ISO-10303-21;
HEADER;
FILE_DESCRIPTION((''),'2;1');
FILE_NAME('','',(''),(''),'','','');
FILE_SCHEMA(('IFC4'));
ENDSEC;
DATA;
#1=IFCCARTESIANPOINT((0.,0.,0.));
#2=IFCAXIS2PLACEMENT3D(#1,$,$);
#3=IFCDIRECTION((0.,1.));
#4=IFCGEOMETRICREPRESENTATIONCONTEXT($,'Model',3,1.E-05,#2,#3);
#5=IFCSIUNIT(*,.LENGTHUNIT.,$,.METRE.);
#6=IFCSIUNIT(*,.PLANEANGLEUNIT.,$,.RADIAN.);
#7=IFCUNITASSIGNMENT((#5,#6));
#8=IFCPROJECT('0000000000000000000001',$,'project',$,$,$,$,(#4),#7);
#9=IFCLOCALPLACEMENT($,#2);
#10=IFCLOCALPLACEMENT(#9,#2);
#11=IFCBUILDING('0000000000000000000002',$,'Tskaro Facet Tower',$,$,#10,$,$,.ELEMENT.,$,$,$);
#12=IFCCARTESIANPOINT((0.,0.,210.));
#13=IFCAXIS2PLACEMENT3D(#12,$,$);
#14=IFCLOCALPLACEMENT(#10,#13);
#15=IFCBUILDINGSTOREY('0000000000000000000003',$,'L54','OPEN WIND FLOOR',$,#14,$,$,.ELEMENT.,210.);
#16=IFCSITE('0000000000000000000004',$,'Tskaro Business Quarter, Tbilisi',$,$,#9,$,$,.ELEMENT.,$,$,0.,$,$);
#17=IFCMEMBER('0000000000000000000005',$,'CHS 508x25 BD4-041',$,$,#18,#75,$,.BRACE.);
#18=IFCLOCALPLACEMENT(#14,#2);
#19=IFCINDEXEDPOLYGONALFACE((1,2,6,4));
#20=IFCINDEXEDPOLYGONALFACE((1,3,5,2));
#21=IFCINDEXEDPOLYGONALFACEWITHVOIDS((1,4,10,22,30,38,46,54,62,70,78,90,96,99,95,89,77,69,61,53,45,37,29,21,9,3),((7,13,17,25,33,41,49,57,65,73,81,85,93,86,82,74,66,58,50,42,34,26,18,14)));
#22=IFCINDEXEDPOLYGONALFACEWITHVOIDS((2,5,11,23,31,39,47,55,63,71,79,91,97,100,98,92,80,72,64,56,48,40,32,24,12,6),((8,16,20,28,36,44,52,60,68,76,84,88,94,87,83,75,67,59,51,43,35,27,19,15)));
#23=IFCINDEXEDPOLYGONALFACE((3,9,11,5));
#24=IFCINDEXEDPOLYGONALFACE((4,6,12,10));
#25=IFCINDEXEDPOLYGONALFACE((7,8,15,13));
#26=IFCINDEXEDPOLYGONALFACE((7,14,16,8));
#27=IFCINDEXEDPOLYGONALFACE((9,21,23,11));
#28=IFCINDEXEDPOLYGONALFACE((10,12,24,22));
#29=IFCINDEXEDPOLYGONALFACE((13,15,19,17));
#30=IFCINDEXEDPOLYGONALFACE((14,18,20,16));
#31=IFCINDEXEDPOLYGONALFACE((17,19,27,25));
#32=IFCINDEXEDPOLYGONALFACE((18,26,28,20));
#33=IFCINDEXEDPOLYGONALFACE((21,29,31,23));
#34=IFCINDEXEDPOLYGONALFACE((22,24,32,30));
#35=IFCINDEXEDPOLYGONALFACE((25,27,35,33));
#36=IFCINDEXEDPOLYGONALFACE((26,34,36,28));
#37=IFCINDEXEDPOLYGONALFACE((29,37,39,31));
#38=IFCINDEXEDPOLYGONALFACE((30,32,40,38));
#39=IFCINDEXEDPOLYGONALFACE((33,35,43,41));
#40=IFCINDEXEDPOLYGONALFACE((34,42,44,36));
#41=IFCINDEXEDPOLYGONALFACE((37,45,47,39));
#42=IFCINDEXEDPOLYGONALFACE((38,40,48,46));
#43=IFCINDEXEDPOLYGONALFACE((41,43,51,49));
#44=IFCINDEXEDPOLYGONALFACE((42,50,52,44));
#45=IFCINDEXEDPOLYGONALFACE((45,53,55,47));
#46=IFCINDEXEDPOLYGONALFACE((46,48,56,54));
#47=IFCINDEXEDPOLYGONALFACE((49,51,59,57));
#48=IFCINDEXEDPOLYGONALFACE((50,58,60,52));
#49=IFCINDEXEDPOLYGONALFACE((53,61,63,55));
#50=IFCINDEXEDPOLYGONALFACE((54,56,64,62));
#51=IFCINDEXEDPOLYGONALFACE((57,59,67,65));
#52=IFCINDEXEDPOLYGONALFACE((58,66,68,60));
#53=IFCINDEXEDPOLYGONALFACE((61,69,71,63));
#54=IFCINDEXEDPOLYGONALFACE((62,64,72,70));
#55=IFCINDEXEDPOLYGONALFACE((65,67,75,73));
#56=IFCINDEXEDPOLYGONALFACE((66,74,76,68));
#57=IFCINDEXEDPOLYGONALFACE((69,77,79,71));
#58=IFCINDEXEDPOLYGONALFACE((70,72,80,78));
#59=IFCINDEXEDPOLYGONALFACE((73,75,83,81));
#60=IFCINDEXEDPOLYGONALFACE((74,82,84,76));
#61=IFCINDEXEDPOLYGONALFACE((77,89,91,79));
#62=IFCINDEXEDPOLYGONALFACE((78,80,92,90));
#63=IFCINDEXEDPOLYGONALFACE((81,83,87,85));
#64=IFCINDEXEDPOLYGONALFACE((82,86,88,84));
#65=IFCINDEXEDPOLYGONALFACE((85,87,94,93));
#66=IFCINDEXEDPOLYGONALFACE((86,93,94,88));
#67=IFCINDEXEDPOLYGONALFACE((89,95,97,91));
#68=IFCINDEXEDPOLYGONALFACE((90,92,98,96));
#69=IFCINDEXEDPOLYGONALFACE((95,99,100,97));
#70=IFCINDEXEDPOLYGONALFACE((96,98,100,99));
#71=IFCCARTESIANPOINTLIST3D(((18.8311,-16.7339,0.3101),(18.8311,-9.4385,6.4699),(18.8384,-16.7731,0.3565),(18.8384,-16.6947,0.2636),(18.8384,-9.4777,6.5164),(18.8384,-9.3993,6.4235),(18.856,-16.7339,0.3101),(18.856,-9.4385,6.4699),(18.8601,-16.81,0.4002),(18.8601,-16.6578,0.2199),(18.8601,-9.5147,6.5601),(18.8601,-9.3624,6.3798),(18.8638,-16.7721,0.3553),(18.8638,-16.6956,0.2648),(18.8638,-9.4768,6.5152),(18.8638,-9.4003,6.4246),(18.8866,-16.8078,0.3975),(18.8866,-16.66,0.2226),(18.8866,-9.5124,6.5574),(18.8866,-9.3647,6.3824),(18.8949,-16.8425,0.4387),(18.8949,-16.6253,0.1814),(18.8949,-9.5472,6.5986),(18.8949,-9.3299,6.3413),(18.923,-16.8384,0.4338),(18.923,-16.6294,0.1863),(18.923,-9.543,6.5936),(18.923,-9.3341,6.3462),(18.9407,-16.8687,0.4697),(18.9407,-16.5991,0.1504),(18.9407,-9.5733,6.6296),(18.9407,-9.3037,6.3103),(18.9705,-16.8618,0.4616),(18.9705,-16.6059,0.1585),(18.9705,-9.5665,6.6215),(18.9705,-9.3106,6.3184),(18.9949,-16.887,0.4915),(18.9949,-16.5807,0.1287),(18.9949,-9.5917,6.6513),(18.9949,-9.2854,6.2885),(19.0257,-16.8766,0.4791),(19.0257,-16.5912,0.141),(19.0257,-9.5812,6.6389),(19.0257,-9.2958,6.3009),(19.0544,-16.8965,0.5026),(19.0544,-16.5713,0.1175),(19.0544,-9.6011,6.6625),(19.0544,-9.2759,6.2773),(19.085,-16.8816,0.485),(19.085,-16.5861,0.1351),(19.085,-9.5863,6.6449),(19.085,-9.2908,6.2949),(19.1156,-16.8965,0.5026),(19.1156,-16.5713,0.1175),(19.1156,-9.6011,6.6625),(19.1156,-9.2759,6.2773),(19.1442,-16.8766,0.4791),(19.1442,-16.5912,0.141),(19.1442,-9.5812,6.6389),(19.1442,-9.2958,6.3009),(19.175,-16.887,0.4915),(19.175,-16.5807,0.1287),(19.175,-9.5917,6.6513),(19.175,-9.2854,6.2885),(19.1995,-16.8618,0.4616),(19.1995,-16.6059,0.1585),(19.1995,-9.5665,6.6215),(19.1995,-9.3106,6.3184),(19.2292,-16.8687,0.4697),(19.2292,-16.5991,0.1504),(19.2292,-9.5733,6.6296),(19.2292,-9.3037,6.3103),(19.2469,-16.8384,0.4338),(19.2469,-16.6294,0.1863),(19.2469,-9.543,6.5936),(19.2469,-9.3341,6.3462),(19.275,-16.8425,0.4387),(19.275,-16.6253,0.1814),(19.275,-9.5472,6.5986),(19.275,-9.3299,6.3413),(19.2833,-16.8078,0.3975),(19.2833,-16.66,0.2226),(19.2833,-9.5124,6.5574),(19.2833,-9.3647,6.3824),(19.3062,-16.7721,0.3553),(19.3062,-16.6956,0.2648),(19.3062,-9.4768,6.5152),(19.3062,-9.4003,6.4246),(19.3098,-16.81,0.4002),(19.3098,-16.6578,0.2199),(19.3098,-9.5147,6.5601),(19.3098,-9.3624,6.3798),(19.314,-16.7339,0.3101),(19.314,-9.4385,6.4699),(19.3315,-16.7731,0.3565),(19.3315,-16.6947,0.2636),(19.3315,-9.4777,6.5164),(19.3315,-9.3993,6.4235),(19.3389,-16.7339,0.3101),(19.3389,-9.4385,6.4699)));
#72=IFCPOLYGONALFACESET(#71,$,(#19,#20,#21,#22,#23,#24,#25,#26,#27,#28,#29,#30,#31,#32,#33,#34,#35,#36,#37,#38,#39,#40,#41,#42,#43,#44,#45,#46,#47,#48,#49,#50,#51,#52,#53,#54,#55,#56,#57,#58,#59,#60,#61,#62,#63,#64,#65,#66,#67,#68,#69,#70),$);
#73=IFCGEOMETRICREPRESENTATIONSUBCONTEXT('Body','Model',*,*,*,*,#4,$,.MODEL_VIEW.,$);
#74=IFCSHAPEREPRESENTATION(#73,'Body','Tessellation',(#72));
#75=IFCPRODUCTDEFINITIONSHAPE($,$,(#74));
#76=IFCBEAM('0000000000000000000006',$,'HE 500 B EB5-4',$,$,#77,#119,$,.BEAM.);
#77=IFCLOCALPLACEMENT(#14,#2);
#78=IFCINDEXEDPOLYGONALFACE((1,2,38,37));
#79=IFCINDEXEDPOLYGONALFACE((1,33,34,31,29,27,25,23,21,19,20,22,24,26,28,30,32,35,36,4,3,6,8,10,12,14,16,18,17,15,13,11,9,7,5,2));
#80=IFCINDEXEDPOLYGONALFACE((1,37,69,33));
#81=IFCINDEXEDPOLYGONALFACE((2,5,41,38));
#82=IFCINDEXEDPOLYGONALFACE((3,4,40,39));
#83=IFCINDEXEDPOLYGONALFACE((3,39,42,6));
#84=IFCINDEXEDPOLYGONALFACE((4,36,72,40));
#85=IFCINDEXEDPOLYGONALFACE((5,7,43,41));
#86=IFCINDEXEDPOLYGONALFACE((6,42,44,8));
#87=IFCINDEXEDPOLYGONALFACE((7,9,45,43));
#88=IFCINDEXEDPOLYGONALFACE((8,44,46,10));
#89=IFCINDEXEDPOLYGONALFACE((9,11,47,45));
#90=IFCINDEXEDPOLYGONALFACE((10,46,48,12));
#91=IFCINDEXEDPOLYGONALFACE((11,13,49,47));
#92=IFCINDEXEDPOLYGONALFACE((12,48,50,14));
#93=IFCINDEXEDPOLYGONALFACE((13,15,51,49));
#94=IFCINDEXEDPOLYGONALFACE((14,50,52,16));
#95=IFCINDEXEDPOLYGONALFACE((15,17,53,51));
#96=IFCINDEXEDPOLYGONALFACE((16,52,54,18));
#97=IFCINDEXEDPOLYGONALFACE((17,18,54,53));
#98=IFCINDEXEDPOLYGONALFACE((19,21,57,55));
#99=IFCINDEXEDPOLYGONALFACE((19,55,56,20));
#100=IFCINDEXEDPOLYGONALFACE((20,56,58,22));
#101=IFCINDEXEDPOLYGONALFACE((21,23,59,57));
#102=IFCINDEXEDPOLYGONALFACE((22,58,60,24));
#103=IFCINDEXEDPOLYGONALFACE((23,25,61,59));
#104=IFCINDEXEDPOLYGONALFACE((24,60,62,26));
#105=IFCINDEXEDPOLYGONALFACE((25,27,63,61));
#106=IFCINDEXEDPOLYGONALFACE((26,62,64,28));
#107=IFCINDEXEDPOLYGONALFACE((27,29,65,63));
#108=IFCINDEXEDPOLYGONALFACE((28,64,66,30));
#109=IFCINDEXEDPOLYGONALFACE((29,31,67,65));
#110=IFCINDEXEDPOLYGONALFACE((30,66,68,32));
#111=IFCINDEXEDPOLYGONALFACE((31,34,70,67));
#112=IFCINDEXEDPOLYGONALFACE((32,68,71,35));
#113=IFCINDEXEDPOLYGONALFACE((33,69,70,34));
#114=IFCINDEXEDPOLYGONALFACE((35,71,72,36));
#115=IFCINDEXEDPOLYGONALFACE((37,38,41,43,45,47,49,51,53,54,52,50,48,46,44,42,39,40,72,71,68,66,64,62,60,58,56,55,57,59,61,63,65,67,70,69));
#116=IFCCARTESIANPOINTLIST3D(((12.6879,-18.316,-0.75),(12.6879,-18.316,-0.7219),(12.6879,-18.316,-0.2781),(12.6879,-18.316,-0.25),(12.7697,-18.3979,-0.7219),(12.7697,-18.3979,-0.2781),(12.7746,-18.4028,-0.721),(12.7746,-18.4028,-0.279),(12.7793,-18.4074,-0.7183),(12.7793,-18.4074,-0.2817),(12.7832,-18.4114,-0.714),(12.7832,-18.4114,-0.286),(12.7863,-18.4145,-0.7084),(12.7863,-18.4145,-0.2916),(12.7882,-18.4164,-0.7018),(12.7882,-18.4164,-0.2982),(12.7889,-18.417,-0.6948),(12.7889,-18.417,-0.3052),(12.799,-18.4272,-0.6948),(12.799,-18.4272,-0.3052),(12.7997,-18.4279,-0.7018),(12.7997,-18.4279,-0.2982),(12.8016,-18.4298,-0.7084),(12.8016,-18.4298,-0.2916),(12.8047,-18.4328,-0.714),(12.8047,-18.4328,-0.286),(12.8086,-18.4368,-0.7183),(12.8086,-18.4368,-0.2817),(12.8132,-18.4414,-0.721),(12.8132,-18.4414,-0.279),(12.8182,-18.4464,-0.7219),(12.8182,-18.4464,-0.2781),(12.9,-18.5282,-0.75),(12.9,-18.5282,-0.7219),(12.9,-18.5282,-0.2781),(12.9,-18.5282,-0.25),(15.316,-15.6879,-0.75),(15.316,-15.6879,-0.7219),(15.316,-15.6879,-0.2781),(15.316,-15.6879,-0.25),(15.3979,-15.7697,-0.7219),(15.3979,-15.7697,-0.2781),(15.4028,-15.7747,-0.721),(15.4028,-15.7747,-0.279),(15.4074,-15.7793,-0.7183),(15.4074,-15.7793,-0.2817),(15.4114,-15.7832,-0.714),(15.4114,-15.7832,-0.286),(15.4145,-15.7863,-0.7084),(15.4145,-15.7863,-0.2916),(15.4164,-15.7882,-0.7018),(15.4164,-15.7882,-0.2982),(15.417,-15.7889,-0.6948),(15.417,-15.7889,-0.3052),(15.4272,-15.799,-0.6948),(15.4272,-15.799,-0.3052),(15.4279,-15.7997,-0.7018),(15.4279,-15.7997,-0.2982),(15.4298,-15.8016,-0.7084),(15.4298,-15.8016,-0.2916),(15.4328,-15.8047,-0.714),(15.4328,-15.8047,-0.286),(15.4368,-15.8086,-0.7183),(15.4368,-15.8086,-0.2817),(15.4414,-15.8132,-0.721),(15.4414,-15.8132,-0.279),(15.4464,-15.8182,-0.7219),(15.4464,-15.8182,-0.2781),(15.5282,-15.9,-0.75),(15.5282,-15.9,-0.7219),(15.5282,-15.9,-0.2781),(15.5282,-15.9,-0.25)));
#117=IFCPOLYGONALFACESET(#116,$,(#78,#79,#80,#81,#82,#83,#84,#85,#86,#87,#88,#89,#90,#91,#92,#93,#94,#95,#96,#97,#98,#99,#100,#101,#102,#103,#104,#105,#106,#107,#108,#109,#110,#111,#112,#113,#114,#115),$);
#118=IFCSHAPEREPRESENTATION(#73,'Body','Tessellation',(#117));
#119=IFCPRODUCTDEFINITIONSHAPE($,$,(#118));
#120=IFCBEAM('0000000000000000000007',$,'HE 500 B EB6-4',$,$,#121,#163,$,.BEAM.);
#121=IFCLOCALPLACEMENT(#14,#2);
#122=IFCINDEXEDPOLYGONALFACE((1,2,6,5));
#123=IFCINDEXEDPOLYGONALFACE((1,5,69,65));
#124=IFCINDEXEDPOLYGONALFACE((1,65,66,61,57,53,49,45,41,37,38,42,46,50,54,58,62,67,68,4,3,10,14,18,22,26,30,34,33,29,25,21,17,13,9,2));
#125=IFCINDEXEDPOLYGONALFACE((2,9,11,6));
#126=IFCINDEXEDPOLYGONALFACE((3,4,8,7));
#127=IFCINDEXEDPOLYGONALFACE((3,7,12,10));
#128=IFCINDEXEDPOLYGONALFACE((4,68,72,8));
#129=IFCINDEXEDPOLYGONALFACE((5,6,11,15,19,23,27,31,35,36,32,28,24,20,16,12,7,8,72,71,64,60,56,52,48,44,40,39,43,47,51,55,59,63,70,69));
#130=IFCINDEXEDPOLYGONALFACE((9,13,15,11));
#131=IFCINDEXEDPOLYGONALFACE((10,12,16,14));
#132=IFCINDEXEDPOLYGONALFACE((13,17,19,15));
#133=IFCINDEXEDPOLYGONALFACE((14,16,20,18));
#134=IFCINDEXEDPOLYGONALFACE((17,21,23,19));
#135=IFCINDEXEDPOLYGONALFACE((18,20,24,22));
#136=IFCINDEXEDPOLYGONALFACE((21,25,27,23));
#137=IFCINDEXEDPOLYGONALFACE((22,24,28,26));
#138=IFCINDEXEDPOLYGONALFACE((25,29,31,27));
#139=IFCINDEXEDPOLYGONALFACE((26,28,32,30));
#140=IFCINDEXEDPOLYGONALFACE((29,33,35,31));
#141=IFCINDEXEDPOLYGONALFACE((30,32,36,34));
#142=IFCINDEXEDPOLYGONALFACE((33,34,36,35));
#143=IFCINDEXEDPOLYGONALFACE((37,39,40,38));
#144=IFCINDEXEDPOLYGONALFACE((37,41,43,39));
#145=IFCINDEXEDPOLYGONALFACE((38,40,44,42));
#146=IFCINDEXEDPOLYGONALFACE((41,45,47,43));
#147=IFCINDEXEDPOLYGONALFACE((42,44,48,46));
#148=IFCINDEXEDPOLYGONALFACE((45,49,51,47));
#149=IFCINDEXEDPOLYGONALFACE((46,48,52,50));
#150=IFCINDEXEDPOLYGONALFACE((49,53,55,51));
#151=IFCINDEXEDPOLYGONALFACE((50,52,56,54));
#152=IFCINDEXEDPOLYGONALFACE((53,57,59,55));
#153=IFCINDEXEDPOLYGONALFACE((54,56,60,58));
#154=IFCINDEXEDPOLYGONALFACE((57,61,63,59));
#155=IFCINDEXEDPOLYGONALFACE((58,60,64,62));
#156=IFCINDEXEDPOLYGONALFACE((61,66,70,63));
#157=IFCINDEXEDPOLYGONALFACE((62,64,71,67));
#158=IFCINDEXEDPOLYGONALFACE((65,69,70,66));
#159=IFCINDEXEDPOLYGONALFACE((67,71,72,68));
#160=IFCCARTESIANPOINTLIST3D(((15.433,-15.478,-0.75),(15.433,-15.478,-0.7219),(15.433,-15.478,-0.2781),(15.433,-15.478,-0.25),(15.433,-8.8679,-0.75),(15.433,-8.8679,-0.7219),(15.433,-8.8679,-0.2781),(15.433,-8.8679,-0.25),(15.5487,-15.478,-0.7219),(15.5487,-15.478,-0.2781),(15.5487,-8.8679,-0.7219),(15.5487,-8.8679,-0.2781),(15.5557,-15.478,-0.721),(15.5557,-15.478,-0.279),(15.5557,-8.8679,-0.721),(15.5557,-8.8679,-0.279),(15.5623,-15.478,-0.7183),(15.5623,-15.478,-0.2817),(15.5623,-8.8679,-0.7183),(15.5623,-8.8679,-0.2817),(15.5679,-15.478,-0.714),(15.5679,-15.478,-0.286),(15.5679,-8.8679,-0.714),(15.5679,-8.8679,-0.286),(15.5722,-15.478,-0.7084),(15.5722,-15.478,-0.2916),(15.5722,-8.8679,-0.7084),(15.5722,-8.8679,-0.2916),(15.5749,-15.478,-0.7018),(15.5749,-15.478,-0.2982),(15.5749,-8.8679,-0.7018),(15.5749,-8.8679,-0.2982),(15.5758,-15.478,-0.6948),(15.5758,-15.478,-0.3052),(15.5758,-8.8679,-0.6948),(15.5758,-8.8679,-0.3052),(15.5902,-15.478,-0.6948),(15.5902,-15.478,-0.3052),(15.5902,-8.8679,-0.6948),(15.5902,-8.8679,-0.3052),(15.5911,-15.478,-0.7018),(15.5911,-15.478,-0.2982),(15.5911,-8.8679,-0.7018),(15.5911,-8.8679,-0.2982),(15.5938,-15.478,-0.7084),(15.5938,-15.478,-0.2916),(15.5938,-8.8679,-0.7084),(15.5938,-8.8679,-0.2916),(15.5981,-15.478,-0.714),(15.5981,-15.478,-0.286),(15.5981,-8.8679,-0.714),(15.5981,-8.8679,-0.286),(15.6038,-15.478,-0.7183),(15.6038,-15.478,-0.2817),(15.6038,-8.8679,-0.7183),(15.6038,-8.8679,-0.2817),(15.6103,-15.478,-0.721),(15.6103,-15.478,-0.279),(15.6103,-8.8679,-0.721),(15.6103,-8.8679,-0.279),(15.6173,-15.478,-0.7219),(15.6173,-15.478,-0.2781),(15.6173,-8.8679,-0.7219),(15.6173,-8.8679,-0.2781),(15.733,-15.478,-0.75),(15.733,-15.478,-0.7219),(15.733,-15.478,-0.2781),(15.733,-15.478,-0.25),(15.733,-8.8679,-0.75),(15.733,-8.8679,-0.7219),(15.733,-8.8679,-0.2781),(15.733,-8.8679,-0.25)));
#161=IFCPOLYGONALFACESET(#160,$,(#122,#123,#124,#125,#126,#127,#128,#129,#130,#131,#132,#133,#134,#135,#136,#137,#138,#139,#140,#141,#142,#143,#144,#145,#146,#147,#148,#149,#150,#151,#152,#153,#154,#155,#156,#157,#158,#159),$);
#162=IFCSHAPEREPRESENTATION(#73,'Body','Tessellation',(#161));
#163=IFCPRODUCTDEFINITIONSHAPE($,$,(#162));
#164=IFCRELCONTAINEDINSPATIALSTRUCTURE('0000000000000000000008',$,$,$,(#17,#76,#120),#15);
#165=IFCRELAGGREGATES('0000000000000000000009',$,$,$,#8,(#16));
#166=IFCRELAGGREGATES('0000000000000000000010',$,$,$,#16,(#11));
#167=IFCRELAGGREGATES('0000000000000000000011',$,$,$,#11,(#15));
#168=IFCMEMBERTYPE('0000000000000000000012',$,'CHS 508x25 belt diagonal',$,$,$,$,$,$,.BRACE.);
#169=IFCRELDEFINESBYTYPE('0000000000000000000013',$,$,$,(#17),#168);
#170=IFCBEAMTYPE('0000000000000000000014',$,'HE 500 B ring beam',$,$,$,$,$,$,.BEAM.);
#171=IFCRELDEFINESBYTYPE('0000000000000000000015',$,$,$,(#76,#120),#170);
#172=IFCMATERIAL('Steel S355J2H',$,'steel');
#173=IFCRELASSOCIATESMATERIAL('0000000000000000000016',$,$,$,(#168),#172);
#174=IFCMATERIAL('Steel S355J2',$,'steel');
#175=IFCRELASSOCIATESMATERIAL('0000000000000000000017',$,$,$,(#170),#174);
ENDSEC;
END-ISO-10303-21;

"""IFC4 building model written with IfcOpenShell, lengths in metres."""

from ifc_helpers import new_model, si_unit, direction, frame, origin, origin_2d, place, context, subcontext, project, spatial, hollow_circle, i_section, extrude, material, material_profile, profile_set, type_object, element, save


model = new_model("IFC4")

# Units and contexts
model_context = context("Model", 3, precision=1e-05, world=origin(), true_north=direction((0.0, 1.0)))
body_context = subcontext(model_context, "Body", "Model", "MODEL_VIEW")
ifc_project = project(units=[si_unit("LENGTHUNIT", "METRE"), si_unit("PLANEANGLEUNIT", "RADIAN")], contexts=[model_context])

# Site, building, storey
site_placement = place(None, origin())
site = spatial("IfcSite", under=ifc_project, at=site_placement, Name="Tskaro Business Quarter, Tbilisi", CompositionType="ELEMENT", RefElevation=0.0)
building_placement = place(site_placement, origin())
building = spatial("IfcBuilding", under=site, at=building_placement, Name="Tskaro Facet Tower", CompositionType="ELEMENT")
storey_placement = place(building_placement, frame((0.0, 0.0, 210.0)))
storey = spatial("IfcBuildingStorey", under=building, at=storey_placement, Name="L54", Description="OPEN WIND FLOOR", CompositionType="ELEMENT", Elevation=210.0)

# Shared definitions
ifc_material_1 = material(Name="Steel S355J2H", Category="steel")

# Shared definitions
ifc_material_2 = material(Name="Steel S355J2", Category="steel")

# Member
ifc_material_profile_1 = material_profile(ifc_material_1, hollow_circle(Radius=0.2539, WallThickness=0.0249, at=origin_2d()), Name="CHS 508x25")
ifc_profile_set_1 = profile_set([ifc_material_profile_1], Name="Steel S355J2H")
member_type = type_object("IfcMemberType", Name="CHS 508x25 belt diagonal", PredefinedType="BRACE", material=ifc_profile_set_1)
member_placement = place(storey_placement, frame((19.085, -16.7339, 0.3101), z_axis=(0.0, 0.764064, 0.645141), x_axis=(-1.0, 0.0, 0.0)))
element("IfcMember", 1, at=member_placement, inside=storey, type_object=member_type, Name="CHS 508x25 BD4-041", PredefinedType="BRACE", context=body_context, shape_type="SweptSolid", body=[
    extrude(hollow_circle(Radius=0.2539, WallThickness=0.0249, at=origin_2d()), origin(), (0.0, 0.0, 1.0), 9.5481),
])

# Beams
ifc_material_profile_2 = material_profile(ifc_material_2, i_section(OverallWidth=0.3, OverallDepth=0.5, WebThickness=0.0144, FlangeThickness=0.0281, FilletRadius=0.0271, at=origin_2d()), Name="HE 500 B")
ifc_profile_set_2 = profile_set([ifc_material_profile_2], Name="Steel S355J2")
beam_type_1 = type_object("IfcBeamType", Name="HE 500 B ring beam", PredefinedType="BEAM", material=ifc_profile_set_2)
beam_1_placement = place(storey_placement, frame((12.7939, -18.4221, -0.5), z_axis=(0.707107, 0.707107, 0.0), x_axis=(-0.707107, 0.707107, 0.0)))
element("IfcBeam", 2, at=beam_1_placement, inside=storey, type_object=beam_type_1, Name="HE 500 B EB5-4", PredefinedType="BEAM", context=body_context, shape_type="SweptSolid", body=[
    extrude(i_section(OverallWidth=0.3, OverallDepth=0.5, WebThickness=0.0144, FlangeThickness=0.0281, FilletRadius=0.0271, at=origin_2d()), origin(), (0.0, 0.0, 1.0), 3.7168),
])
beam_2_placement = place(storey_placement, frame((15.583, -15.478, -0.5), z_axis=(0.0, 1.0, 0.0), x_axis=(-1.0, 0.0, 0.0)))
element("IfcBeam", 3, at=beam_2_placement, inside=storey, type_object=beam_type_1, Name="HE 500 B EB6-4", PredefinedType="BEAM", context=body_context, shape_type="SweptSolid", body=[
    extrude(i_section(OverallWidth=0.3, OverallDepth=0.5, WebThickness=0.0144, FlangeThickness=0.0281, FilletRadius=0.0271, at=origin_2d()), origin(), (0.0, 0.0, 1.0), 6.6101),
])

save(model, "model.ifc")
